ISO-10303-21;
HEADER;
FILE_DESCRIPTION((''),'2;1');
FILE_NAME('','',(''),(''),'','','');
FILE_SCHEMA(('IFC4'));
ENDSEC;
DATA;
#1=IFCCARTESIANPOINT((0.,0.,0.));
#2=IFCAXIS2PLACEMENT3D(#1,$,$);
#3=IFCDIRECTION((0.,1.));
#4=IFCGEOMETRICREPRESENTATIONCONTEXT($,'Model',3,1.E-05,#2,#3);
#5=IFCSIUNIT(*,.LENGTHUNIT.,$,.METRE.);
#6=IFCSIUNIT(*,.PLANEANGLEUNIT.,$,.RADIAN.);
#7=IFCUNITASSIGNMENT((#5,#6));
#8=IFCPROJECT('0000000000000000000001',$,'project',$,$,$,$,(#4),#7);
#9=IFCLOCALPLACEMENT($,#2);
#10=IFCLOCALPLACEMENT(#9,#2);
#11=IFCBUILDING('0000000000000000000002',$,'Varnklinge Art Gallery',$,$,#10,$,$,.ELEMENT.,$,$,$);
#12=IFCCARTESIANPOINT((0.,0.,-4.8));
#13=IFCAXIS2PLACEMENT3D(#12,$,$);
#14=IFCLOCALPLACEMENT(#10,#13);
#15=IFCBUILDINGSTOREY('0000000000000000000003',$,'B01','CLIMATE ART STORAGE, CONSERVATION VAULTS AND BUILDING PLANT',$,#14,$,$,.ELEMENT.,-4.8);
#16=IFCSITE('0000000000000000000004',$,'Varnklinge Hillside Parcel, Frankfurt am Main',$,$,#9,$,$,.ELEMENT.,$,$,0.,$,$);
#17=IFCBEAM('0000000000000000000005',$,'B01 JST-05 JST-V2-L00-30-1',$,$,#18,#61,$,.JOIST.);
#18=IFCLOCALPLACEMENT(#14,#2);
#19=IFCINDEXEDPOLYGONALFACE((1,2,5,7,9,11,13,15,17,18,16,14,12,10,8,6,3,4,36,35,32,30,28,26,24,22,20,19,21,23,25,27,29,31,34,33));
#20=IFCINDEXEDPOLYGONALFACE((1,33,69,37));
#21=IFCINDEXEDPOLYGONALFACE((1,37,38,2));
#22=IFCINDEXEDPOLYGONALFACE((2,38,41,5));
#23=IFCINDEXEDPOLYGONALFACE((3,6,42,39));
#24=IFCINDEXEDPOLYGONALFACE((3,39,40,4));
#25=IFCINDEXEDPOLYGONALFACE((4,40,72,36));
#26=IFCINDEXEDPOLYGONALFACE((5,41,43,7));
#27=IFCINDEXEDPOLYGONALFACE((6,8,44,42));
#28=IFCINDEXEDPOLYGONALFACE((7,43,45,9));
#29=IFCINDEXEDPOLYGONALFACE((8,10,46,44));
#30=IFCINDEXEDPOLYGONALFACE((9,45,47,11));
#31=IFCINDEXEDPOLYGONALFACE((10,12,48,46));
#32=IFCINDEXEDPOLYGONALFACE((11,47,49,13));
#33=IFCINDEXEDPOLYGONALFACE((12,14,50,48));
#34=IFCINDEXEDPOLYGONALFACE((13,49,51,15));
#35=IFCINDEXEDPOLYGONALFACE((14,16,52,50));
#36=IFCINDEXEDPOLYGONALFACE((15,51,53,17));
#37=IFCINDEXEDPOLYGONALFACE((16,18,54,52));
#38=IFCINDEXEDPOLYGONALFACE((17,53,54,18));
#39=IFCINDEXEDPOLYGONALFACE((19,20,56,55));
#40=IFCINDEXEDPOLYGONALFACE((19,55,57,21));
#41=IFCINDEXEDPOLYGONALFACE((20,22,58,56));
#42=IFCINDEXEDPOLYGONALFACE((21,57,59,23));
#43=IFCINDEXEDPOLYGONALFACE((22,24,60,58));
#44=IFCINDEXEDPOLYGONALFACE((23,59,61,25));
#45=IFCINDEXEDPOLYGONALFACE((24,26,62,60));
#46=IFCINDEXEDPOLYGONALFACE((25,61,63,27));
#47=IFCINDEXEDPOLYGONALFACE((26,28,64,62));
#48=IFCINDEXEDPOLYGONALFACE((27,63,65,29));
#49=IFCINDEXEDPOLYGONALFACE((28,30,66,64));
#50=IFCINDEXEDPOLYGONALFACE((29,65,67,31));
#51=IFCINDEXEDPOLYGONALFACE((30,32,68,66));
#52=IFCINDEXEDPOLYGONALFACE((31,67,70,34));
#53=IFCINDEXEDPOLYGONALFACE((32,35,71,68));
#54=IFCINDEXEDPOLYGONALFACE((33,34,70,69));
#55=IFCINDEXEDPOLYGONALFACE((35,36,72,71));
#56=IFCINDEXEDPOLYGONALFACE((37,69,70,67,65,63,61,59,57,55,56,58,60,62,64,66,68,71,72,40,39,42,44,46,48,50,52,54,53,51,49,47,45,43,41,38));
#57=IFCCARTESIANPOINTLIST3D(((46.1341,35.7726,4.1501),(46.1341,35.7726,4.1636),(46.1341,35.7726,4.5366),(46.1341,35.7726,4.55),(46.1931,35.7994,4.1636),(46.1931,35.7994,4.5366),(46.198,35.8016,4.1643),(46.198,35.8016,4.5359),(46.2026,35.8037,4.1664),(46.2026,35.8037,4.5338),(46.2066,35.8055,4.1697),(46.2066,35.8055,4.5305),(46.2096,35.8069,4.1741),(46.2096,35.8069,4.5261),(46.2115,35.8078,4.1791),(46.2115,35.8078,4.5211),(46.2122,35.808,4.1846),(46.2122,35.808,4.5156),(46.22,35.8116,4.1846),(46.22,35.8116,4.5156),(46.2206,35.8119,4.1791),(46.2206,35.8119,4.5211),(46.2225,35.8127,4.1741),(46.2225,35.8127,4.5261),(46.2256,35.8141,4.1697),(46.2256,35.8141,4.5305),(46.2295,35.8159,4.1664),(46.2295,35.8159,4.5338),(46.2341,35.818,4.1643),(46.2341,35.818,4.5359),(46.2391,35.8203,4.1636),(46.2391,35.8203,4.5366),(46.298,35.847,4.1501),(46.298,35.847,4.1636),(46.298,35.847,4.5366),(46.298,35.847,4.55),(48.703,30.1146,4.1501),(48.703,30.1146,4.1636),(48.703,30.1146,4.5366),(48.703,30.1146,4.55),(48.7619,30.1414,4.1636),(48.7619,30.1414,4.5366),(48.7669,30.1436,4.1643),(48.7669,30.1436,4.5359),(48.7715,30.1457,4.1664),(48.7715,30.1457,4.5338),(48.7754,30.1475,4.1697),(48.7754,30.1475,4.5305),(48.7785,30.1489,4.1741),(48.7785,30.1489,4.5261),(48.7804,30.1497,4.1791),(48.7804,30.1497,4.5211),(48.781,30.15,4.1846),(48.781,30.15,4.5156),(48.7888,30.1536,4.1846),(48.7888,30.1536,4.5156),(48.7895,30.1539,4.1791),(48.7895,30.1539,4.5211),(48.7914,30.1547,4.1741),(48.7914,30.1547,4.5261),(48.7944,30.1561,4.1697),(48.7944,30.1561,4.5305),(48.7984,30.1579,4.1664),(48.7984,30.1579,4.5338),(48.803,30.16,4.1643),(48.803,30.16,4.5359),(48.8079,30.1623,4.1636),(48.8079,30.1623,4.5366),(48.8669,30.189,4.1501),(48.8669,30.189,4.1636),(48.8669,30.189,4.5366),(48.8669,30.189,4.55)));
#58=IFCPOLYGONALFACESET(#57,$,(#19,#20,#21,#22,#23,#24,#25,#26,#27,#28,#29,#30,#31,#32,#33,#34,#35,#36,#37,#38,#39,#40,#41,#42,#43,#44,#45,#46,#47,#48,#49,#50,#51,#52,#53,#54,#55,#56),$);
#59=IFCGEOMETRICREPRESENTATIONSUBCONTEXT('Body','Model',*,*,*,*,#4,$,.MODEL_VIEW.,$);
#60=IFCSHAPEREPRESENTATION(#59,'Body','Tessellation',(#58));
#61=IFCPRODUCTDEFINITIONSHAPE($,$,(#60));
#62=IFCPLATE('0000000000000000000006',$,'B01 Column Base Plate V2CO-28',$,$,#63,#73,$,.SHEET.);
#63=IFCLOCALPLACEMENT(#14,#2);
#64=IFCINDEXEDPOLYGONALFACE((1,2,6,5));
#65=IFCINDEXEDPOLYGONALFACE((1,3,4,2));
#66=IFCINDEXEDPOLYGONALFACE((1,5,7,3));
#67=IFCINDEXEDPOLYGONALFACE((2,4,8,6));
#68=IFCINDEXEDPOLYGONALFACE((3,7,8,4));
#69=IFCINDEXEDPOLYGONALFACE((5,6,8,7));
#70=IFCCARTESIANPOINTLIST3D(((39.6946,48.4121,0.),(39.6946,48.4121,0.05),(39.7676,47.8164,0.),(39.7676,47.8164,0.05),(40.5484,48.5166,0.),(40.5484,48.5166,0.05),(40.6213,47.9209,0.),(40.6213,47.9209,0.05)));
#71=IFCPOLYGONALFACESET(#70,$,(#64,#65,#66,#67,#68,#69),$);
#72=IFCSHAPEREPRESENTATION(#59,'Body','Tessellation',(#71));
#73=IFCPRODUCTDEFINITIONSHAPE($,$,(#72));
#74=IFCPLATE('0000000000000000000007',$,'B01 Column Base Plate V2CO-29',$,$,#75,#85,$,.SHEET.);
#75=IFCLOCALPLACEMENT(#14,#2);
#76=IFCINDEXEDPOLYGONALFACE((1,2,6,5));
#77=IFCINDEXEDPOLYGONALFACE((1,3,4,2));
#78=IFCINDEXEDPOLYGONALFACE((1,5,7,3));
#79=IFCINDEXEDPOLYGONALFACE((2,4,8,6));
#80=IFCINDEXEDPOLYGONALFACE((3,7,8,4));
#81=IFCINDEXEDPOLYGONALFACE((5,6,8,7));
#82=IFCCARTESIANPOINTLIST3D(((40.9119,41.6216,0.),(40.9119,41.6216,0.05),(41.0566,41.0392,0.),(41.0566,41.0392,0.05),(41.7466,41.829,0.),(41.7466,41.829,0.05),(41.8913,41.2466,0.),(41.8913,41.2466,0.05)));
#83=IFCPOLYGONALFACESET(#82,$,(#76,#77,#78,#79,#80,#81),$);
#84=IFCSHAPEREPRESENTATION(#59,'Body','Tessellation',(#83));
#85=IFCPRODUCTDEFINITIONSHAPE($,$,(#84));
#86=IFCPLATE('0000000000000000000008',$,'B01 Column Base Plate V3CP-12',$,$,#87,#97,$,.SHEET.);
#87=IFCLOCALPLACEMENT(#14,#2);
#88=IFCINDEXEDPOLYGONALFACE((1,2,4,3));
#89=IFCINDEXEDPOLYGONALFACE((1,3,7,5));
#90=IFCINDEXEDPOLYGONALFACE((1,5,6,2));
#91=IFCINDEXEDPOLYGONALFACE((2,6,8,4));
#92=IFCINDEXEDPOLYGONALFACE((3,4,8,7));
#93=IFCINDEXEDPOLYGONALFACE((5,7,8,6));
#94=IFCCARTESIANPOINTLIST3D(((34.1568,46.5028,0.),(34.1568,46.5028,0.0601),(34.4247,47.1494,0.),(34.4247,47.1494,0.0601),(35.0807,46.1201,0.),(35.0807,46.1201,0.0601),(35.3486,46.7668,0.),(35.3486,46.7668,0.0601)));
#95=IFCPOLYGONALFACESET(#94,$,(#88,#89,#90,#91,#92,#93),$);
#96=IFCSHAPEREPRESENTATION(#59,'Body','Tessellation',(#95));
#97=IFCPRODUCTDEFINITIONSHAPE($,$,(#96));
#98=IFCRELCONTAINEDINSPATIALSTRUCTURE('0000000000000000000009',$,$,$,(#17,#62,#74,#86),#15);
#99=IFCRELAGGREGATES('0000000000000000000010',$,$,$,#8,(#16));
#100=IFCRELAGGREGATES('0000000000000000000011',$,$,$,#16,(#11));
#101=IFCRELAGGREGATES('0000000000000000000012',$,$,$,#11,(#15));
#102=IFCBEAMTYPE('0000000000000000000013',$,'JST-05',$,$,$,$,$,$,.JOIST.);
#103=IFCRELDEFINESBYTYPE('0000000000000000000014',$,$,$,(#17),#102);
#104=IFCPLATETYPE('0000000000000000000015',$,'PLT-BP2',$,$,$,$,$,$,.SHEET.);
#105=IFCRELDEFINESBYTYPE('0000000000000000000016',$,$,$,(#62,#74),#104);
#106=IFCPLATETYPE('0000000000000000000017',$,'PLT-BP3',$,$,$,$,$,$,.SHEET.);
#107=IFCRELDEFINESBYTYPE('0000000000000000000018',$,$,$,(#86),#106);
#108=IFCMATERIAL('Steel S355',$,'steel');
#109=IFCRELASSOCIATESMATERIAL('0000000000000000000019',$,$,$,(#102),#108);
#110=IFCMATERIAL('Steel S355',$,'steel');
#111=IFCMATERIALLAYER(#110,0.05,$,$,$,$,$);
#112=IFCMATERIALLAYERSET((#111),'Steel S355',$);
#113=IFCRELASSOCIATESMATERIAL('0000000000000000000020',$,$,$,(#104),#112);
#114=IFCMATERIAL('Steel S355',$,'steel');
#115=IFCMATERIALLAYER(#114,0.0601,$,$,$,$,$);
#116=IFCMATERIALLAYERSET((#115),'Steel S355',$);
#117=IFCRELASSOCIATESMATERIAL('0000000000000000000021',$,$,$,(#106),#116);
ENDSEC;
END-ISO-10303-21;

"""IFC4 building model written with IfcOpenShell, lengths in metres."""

from ifc_helpers import new_model, si_unit, direction, frame, origin, origin_2d, place, context, subcontext, project, spatial, rectangle, i_section, extrude, material, layer, layer_set, material_profile, profile_set, type_object, element, save


model = new_model("IFC4")

# Units and contexts
model_context = context("Model", 3, precision=1e-05, world=origin(), true_north=direction((0.0, 1.0)))
body_context = subcontext(model_context, "Body", "Model", "MODEL_VIEW")
ifc_project = project(units=[si_unit("LENGTHUNIT", "METRE"), si_unit("PLANEANGLEUNIT", "RADIAN")], contexts=[model_context])

# Site, building, storey
site_placement = place(None, origin())
site = spatial("IfcSite", under=ifc_project, at=site_placement, Name="Varnklinge Hillside Parcel, Frankfurt am Main", CompositionType="ELEMENT", RefElevation=0.0)
building_placement = place(site_placement, origin())
building = spatial("IfcBuilding", under=site, at=building_placement, Name="Varnklinge Art Gallery", CompositionType="ELEMENT")
storey_placement = place(building_placement, frame((0.0, 0.0, -4.8)))
storey = spatial("IfcBuildingStorey", under=building, at=storey_placement, Name="B01", Description="CLIMATE ART STORAGE, CONSERVATION VAULTS AND BUILDING PLANT", CompositionType="ELEMENT", Elevation=-4.8)

# Beam
ifc_material_1 = material(Name="Steel S355", Category="steel")
ifc_material_profile_1 = material_profile(ifc_material_1, i_section(OverallWidth=0.1799, OverallDepth=0.3999, WebThickness=0.0085, FlangeThickness=0.0134, FilletRadius=0.021, at=origin_2d()), Name="IPE 400")
ifc_profile_set_1 = profile_set([ifc_material_profile_1], Name="Steel S355")
beam_type_1 = type_object("IfcBeamType", Name="JST-05", PredefinedType="JOIST", material=ifc_profile_set_1)
beam_1_placement = place(storey_placement, frame((46.2161, 35.8098, 4.3501), z_axis=(0.413409, -0.910545, 0.0), x_axis=(0.910545, 0.413409, 0.0)))
element("IfcBeam", 1, at=beam_1_placement, inside=storey, type_object=beam_type_1, Name="B01 JST-05 JST-V2-L00-30-1", PredefinedType="JOIST", context=body_context, shape_type="SweptSolid", body=[
    extrude(i_section(OverallWidth=0.1799, OverallDepth=0.3999, WebThickness=0.0085, FlangeThickness=0.0134, FilletRadius=0.021, at=origin_2d()), origin(), (0.0, 0.0, 1.0), 6.2139),
])

# Plates
ifc_material_2 = material(Name="Steel S355", Category="steel")
ifc_layer_1 = layer(ifc_material_2, 0.05)
ifc_layer_set_1 = layer_set([ifc_layer_1], Name="Steel S355")
plate_type_1 = type_object("IfcPlateType", Name="PLT-BP2", PredefinedType="SHEET", material=ifc_layer_set_1)
for number, where, z_axis, x_axis, name in (
    (2, (40.158, 48.1665, 0.0), (0.0, 0.0, 1.0), (0.992589, 0.121523, 0.0), "B01 Column Base Plate V2CO-28"),
    (3, (41.4016, 41.4341, 0.0), (0.0, 0.0, 1.0), (0.970506, 0.241075, 0.0), "B01 Column Base Plate V2CO-29"),
):
    element("IfcPlate", number, at=place(storey_placement, frame(where, z_axis=z_axis, x_axis=x_axis)), inside=storey, type_object=plate_type_1, Name=name, PredefinedType="SHEET", context=body_context, shape_type="SweptSolid", body=[
        extrude(rectangle(XDim=0.8601, YDim=0.6001, at=origin_2d()), origin(), (0.0, 0.0, 1.0), 0.05),
    ])
ifc_material_3 = material(Name="Steel S355", Category="steel")
ifc_layer_2 = layer(ifc_material_3, 0.0601)
ifc_layer_set_2 = layer_set([ifc_layer_2], Name="Steel S355")
plate_type_2 = type_object("IfcPlateType", Name="PLT-BP3", PredefinedType="SHEET", material=ifc_layer_set_2)
plate_placement = place(storey_placement, frame((34.7527, 46.6348, 0.0), z_axis=(0.0, 0.0, 1.0), x_axis=(0.92388, -0.382683, 0.0)))
element("IfcPlate", 4, at=plate_placement, inside=storey, type_object=plate_type_2, Name="B01 Column Base Plate V3CP-12", PredefinedType="SHEET", context=body_context, shape_type="SweptSolid", body=[
    extrude(rectangle(XDim=1.0, YDim=0.7, at=origin_2d()), origin(), (0.0, 0.0, 1.0), 0.0601),
])

save(model, "model.ifc")
